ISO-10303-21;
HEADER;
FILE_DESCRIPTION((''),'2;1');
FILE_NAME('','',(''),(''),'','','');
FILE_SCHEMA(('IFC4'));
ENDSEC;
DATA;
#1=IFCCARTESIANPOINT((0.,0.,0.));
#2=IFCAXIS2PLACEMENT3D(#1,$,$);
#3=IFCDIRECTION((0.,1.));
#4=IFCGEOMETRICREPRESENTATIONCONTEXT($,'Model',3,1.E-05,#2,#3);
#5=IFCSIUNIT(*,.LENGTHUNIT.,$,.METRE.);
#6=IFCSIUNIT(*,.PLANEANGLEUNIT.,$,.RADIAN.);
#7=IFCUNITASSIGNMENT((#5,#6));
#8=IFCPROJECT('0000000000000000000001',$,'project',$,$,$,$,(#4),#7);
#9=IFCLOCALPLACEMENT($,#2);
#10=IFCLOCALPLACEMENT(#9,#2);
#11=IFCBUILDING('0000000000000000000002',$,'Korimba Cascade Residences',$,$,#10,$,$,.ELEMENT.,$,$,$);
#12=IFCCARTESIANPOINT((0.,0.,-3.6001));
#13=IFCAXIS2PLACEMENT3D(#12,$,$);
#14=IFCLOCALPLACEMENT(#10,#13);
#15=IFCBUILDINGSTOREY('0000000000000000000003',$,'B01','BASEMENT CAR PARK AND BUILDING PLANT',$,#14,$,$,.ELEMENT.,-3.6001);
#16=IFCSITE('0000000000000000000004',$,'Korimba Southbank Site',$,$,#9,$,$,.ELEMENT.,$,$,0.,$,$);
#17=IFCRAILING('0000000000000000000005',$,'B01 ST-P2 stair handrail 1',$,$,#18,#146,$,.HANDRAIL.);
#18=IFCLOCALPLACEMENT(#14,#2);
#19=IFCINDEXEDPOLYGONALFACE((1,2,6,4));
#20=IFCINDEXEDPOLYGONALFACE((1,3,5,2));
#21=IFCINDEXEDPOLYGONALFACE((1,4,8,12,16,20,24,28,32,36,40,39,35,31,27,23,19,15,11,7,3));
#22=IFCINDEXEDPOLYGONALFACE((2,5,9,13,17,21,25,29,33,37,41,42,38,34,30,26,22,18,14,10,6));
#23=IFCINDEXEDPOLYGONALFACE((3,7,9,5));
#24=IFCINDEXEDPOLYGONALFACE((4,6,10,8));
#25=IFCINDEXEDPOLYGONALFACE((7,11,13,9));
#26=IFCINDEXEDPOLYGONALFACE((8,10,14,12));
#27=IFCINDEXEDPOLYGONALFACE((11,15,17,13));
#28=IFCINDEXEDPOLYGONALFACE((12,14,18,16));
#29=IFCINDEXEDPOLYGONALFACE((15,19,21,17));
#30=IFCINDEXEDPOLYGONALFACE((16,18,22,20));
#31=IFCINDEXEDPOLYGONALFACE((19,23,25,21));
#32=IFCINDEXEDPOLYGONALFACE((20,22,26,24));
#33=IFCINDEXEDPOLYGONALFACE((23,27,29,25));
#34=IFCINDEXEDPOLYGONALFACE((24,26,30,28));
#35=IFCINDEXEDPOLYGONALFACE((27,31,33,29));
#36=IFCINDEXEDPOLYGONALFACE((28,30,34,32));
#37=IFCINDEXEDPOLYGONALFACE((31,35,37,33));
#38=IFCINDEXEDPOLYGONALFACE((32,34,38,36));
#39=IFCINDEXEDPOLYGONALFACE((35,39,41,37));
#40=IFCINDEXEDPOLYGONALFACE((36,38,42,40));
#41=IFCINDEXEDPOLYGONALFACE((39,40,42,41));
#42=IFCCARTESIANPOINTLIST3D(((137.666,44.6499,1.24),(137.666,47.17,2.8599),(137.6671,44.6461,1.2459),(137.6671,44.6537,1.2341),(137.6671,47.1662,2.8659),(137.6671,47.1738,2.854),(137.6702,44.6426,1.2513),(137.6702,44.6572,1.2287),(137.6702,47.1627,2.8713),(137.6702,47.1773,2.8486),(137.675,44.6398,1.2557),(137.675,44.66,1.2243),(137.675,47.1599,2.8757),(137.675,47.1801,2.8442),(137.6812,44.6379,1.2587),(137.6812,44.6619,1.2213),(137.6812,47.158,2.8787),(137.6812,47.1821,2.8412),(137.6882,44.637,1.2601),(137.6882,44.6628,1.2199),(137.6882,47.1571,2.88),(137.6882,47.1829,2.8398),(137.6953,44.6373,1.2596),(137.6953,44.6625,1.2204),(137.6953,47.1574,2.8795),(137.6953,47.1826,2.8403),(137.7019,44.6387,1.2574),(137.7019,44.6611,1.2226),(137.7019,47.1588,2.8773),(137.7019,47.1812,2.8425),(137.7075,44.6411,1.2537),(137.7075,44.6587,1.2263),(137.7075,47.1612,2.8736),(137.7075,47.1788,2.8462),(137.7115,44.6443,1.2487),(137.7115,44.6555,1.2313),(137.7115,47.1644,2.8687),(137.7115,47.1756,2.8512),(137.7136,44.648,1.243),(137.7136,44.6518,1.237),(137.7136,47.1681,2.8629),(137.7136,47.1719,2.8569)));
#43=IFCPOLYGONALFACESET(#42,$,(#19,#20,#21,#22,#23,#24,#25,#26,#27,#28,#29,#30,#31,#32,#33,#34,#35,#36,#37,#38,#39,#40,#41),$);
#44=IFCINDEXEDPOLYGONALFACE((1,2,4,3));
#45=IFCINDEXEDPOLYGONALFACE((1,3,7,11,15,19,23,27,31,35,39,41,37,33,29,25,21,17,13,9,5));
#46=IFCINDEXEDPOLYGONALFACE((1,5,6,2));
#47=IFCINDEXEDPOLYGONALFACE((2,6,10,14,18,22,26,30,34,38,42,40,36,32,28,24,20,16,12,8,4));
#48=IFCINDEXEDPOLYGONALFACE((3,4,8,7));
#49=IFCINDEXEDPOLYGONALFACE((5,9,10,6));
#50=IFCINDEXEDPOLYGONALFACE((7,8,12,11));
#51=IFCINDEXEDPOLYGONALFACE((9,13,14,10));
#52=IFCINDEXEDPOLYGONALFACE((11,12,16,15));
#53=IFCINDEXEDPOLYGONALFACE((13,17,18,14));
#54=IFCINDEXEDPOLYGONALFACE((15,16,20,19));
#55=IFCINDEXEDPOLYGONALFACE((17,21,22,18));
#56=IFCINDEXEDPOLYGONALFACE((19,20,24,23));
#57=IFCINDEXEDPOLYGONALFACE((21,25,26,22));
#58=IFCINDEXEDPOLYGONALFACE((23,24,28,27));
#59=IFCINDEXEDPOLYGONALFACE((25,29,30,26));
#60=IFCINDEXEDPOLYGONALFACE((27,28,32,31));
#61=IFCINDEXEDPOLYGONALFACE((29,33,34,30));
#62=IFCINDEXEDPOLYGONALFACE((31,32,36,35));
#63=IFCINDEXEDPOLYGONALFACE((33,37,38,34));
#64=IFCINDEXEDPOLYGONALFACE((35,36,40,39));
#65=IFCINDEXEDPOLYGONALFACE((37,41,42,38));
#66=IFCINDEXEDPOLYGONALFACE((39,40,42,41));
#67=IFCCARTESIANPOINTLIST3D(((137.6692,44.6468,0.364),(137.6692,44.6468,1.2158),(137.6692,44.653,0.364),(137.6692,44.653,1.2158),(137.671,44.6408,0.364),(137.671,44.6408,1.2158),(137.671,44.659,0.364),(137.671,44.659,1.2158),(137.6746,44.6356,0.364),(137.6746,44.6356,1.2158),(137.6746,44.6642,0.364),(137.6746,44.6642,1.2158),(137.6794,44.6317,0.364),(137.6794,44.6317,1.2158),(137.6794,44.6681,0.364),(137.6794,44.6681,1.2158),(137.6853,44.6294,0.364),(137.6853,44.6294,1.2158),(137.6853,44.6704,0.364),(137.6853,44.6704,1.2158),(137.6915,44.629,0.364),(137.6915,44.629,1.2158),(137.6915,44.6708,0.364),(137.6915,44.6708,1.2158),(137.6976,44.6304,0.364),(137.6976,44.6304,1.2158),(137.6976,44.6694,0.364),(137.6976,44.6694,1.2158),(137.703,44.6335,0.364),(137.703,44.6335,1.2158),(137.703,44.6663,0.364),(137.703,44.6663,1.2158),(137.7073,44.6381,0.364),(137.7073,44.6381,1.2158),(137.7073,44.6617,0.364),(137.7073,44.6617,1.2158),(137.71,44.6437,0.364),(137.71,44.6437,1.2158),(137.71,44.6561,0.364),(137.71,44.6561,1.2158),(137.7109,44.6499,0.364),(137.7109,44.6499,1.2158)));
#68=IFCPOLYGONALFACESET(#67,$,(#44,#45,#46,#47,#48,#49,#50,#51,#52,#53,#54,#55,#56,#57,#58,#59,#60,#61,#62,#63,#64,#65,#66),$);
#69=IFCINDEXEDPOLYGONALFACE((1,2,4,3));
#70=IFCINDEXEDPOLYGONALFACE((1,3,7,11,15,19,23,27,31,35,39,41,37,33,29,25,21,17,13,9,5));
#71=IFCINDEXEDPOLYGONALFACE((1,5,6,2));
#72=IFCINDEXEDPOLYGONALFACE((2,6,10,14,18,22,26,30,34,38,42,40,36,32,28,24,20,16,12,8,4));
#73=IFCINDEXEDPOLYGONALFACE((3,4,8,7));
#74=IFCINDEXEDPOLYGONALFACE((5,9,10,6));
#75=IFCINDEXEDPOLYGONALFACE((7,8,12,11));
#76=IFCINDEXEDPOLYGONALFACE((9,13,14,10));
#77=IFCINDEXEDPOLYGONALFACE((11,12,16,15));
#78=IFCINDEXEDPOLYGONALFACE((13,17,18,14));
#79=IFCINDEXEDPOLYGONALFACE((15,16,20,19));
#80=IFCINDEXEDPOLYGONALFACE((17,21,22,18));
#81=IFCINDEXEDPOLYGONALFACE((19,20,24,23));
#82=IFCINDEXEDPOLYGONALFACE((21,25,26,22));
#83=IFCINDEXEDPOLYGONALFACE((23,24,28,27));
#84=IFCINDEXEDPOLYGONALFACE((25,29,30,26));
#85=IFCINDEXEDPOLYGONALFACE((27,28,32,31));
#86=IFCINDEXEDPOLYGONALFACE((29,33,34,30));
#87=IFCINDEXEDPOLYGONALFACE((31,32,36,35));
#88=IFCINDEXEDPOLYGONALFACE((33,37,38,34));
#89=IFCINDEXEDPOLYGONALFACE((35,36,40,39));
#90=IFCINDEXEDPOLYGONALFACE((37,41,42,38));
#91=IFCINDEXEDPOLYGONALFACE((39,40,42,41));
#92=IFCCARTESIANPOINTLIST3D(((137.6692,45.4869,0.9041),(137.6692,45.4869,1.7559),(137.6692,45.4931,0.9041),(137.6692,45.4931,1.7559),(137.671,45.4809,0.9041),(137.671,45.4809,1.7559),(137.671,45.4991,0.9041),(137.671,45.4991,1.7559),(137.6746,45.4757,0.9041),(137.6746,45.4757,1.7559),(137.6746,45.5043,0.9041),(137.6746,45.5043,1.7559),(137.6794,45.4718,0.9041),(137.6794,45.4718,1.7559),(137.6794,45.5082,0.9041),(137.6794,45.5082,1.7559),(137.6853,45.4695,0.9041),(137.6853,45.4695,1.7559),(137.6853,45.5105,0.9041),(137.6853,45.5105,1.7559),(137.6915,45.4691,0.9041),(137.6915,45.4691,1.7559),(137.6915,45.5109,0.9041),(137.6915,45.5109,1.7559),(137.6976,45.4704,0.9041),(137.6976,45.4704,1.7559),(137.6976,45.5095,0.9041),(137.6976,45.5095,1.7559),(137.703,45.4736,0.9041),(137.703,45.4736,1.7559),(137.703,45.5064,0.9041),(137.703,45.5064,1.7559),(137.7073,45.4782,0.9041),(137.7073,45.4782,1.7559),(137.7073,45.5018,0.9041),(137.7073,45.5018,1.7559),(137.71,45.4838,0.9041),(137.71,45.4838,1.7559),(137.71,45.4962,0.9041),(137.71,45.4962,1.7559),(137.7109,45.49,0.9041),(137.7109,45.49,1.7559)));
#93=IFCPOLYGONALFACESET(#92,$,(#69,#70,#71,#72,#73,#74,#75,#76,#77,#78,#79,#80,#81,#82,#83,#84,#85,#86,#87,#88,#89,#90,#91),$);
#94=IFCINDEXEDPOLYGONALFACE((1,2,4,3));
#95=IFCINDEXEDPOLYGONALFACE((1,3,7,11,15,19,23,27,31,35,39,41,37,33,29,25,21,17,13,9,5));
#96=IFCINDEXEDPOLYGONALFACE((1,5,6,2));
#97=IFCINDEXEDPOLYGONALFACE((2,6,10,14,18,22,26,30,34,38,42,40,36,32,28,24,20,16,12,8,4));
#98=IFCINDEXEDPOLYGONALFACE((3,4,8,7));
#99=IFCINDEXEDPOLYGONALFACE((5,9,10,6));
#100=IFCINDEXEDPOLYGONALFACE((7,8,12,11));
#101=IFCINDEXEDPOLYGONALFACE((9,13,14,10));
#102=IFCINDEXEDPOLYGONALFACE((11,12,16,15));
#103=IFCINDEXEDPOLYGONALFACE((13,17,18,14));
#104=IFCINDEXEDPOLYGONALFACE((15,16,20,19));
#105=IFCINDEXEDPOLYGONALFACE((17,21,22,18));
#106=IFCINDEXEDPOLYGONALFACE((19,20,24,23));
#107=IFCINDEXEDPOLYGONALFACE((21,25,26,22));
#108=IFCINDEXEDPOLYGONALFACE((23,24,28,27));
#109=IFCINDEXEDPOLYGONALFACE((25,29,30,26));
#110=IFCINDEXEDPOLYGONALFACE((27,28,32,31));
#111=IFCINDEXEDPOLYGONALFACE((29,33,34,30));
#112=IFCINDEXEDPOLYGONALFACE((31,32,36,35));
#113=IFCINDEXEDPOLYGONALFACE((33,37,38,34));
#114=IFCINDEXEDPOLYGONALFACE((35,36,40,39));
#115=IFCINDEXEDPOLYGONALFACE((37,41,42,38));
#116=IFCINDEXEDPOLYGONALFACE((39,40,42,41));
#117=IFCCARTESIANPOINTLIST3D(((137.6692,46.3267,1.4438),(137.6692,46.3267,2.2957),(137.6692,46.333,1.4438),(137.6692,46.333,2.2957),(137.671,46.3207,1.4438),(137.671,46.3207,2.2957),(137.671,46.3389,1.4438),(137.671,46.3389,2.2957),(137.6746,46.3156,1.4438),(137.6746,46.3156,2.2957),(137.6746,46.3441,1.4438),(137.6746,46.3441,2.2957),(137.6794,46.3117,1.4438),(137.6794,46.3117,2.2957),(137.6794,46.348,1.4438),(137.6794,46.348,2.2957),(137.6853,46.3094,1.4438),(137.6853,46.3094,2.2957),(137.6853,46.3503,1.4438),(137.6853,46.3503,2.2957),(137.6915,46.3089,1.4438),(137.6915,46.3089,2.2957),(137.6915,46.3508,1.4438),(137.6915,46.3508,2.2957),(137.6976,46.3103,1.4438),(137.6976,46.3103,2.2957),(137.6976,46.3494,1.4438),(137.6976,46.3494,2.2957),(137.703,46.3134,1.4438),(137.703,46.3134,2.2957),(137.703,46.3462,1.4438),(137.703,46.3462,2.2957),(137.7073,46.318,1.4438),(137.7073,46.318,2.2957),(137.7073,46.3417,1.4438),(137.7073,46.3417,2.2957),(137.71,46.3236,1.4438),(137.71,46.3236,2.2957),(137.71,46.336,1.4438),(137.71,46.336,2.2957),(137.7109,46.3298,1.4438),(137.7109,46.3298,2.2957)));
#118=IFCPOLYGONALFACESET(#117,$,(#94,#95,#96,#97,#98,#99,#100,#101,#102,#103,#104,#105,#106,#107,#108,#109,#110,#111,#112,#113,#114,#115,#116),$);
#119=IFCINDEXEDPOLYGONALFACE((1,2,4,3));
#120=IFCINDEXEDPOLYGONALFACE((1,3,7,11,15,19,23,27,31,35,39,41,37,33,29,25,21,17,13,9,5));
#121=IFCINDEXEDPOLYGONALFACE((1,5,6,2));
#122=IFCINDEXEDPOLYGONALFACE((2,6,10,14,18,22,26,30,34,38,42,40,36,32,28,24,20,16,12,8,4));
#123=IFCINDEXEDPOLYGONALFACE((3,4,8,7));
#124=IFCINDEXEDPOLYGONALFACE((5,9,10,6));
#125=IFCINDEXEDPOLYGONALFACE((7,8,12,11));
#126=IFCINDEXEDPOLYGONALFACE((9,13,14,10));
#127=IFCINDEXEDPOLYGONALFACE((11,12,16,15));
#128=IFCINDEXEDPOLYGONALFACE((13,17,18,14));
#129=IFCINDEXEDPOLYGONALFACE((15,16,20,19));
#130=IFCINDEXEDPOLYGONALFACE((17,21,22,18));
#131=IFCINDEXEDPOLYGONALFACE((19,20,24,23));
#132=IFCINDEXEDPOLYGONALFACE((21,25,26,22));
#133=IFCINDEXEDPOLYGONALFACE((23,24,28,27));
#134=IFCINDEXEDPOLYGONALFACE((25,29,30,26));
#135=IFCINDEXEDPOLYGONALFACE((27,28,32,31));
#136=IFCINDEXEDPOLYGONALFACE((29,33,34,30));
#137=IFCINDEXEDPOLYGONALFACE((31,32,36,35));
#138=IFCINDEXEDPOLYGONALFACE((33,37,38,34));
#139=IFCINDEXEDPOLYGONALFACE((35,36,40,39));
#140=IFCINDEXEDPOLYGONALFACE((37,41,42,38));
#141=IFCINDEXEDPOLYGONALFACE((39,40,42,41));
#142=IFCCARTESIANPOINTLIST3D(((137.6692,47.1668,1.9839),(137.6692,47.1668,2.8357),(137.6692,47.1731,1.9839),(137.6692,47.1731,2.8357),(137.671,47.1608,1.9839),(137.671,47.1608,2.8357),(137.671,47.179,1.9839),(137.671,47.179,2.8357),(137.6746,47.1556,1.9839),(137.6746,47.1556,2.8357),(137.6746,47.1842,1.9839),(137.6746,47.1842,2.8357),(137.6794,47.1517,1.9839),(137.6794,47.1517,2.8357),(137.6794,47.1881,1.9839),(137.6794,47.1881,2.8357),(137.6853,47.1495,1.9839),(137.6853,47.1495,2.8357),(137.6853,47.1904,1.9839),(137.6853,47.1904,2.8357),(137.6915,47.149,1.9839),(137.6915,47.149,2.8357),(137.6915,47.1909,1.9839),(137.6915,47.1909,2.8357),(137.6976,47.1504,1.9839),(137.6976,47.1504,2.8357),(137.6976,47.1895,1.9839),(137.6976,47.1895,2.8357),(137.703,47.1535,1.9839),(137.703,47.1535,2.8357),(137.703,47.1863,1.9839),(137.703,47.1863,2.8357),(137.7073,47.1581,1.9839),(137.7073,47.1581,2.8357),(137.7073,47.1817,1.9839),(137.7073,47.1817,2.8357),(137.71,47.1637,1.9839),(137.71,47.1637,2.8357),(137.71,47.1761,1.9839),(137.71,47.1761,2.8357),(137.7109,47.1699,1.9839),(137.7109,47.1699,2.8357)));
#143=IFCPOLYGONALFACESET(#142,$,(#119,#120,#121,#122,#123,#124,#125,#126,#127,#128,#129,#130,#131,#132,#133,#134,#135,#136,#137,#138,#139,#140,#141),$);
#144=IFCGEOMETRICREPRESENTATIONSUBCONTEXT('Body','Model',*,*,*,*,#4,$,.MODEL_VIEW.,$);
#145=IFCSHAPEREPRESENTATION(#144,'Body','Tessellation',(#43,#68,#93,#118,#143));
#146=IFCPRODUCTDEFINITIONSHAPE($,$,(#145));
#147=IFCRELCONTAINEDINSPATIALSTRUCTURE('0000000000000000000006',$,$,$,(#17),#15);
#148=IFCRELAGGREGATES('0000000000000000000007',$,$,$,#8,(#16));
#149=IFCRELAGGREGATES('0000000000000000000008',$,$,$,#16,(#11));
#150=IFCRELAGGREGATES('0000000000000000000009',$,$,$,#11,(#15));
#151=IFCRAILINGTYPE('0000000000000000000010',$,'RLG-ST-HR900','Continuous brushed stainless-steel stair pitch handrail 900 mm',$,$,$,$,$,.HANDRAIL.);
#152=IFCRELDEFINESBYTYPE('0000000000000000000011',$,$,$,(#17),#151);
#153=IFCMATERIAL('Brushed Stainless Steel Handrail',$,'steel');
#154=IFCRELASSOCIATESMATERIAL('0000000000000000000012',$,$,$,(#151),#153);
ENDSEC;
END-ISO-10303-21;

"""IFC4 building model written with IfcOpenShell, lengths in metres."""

from ifc_helpers import new_model, si_unit, direction, frame, origin, origin_2d, place, context, subcontext, project, spatial, circle, extrude, material, type_object, element, save


model = new_model("IFC4")

# Units and contexts
model_context = context("Model", 3, precision=1e-05, world=origin(), true_north=direction((0.0, 1.0)))
body_context = subcontext(model_context, "Body", "Model", "MODEL_VIEW")
ifc_project = project(units=[si_unit("LENGTHUNIT", "METRE"), si_unit("PLANEANGLEUNIT", "RADIAN")], contexts=[model_context])

# Site, building, storey
site_placement = place(None, origin())
site = spatial("IfcSite", under=ifc_project, at=site_placement, Name="Korimba Southbank Site", CompositionType="ELEMENT", RefElevation=0.0)
building_placement = place(site_placement, origin())
building = spatial("IfcBuilding", under=site, at=building_placement, Name="Korimba Cascade Residences", CompositionType="ELEMENT")
storey_placement = place(building_placement, frame((0.0, 0.0, -3.6001)))
storey = spatial("IfcBuildingStorey", under=building, at=storey_placement, Name="B01", Description="BASEMENT CAR PARK AND BUILDING PLANT", CompositionType="ELEMENT", Elevation=-3.6001)

# Railing
ifc_material_1 = material(Name="Brushed Stainless Steel Handrail", Category="steel")
railing_type_1 = type_object("IfcRailingType", Name="RLG-ST-HR900", Description="Continuous brushed stainless-steel stair pitch handrail 900 mm", PredefinedType="HANDRAIL", material=ifc_material_1)
railing_1_placement = place(storey_placement, frame((137.6899, 44.6499, 0.364)))
element("IfcRailing", 1, at=railing_1_placement, inside=storey, type_object=railing_type_1, Name="B01 ST-P2 stair handrail 1", PredefinedType="HANDRAIL", context=body_context, shape_type="SweptSolid", body=[
    extrude(circle(Radius=0.0239, at=origin_2d()), frame((0.0, 0.0, 0.876), z_axis=(0.0, 0.8412, 0.540725), x_axis=(-1.0, 0.0, 0.0)), (0.0, 0.0, 1.0), 2.9958),
    extrude(circle(Radius=0.021, at=origin_2d()), origin(), (0.0, 0.0, 1.0), 0.8518),
    extrude(circle(Radius=0.021, at=origin_2d()), frame((0.0, 0.8401, 0.54)), (0.0, 0.0, 1.0), 0.8518),
    extrude(circle(Radius=0.021, at=origin_2d()), frame((0.0, 1.6799, 1.0798)), (0.0, 0.0, 1.0), 0.8518),
    extrude(circle(Radius=0.021, at=origin_2d()), frame((0.0, 2.52, 1.6199)), (0.0, 0.0, 1.0), 0.8518),
])

save(model, "model.ifc")
